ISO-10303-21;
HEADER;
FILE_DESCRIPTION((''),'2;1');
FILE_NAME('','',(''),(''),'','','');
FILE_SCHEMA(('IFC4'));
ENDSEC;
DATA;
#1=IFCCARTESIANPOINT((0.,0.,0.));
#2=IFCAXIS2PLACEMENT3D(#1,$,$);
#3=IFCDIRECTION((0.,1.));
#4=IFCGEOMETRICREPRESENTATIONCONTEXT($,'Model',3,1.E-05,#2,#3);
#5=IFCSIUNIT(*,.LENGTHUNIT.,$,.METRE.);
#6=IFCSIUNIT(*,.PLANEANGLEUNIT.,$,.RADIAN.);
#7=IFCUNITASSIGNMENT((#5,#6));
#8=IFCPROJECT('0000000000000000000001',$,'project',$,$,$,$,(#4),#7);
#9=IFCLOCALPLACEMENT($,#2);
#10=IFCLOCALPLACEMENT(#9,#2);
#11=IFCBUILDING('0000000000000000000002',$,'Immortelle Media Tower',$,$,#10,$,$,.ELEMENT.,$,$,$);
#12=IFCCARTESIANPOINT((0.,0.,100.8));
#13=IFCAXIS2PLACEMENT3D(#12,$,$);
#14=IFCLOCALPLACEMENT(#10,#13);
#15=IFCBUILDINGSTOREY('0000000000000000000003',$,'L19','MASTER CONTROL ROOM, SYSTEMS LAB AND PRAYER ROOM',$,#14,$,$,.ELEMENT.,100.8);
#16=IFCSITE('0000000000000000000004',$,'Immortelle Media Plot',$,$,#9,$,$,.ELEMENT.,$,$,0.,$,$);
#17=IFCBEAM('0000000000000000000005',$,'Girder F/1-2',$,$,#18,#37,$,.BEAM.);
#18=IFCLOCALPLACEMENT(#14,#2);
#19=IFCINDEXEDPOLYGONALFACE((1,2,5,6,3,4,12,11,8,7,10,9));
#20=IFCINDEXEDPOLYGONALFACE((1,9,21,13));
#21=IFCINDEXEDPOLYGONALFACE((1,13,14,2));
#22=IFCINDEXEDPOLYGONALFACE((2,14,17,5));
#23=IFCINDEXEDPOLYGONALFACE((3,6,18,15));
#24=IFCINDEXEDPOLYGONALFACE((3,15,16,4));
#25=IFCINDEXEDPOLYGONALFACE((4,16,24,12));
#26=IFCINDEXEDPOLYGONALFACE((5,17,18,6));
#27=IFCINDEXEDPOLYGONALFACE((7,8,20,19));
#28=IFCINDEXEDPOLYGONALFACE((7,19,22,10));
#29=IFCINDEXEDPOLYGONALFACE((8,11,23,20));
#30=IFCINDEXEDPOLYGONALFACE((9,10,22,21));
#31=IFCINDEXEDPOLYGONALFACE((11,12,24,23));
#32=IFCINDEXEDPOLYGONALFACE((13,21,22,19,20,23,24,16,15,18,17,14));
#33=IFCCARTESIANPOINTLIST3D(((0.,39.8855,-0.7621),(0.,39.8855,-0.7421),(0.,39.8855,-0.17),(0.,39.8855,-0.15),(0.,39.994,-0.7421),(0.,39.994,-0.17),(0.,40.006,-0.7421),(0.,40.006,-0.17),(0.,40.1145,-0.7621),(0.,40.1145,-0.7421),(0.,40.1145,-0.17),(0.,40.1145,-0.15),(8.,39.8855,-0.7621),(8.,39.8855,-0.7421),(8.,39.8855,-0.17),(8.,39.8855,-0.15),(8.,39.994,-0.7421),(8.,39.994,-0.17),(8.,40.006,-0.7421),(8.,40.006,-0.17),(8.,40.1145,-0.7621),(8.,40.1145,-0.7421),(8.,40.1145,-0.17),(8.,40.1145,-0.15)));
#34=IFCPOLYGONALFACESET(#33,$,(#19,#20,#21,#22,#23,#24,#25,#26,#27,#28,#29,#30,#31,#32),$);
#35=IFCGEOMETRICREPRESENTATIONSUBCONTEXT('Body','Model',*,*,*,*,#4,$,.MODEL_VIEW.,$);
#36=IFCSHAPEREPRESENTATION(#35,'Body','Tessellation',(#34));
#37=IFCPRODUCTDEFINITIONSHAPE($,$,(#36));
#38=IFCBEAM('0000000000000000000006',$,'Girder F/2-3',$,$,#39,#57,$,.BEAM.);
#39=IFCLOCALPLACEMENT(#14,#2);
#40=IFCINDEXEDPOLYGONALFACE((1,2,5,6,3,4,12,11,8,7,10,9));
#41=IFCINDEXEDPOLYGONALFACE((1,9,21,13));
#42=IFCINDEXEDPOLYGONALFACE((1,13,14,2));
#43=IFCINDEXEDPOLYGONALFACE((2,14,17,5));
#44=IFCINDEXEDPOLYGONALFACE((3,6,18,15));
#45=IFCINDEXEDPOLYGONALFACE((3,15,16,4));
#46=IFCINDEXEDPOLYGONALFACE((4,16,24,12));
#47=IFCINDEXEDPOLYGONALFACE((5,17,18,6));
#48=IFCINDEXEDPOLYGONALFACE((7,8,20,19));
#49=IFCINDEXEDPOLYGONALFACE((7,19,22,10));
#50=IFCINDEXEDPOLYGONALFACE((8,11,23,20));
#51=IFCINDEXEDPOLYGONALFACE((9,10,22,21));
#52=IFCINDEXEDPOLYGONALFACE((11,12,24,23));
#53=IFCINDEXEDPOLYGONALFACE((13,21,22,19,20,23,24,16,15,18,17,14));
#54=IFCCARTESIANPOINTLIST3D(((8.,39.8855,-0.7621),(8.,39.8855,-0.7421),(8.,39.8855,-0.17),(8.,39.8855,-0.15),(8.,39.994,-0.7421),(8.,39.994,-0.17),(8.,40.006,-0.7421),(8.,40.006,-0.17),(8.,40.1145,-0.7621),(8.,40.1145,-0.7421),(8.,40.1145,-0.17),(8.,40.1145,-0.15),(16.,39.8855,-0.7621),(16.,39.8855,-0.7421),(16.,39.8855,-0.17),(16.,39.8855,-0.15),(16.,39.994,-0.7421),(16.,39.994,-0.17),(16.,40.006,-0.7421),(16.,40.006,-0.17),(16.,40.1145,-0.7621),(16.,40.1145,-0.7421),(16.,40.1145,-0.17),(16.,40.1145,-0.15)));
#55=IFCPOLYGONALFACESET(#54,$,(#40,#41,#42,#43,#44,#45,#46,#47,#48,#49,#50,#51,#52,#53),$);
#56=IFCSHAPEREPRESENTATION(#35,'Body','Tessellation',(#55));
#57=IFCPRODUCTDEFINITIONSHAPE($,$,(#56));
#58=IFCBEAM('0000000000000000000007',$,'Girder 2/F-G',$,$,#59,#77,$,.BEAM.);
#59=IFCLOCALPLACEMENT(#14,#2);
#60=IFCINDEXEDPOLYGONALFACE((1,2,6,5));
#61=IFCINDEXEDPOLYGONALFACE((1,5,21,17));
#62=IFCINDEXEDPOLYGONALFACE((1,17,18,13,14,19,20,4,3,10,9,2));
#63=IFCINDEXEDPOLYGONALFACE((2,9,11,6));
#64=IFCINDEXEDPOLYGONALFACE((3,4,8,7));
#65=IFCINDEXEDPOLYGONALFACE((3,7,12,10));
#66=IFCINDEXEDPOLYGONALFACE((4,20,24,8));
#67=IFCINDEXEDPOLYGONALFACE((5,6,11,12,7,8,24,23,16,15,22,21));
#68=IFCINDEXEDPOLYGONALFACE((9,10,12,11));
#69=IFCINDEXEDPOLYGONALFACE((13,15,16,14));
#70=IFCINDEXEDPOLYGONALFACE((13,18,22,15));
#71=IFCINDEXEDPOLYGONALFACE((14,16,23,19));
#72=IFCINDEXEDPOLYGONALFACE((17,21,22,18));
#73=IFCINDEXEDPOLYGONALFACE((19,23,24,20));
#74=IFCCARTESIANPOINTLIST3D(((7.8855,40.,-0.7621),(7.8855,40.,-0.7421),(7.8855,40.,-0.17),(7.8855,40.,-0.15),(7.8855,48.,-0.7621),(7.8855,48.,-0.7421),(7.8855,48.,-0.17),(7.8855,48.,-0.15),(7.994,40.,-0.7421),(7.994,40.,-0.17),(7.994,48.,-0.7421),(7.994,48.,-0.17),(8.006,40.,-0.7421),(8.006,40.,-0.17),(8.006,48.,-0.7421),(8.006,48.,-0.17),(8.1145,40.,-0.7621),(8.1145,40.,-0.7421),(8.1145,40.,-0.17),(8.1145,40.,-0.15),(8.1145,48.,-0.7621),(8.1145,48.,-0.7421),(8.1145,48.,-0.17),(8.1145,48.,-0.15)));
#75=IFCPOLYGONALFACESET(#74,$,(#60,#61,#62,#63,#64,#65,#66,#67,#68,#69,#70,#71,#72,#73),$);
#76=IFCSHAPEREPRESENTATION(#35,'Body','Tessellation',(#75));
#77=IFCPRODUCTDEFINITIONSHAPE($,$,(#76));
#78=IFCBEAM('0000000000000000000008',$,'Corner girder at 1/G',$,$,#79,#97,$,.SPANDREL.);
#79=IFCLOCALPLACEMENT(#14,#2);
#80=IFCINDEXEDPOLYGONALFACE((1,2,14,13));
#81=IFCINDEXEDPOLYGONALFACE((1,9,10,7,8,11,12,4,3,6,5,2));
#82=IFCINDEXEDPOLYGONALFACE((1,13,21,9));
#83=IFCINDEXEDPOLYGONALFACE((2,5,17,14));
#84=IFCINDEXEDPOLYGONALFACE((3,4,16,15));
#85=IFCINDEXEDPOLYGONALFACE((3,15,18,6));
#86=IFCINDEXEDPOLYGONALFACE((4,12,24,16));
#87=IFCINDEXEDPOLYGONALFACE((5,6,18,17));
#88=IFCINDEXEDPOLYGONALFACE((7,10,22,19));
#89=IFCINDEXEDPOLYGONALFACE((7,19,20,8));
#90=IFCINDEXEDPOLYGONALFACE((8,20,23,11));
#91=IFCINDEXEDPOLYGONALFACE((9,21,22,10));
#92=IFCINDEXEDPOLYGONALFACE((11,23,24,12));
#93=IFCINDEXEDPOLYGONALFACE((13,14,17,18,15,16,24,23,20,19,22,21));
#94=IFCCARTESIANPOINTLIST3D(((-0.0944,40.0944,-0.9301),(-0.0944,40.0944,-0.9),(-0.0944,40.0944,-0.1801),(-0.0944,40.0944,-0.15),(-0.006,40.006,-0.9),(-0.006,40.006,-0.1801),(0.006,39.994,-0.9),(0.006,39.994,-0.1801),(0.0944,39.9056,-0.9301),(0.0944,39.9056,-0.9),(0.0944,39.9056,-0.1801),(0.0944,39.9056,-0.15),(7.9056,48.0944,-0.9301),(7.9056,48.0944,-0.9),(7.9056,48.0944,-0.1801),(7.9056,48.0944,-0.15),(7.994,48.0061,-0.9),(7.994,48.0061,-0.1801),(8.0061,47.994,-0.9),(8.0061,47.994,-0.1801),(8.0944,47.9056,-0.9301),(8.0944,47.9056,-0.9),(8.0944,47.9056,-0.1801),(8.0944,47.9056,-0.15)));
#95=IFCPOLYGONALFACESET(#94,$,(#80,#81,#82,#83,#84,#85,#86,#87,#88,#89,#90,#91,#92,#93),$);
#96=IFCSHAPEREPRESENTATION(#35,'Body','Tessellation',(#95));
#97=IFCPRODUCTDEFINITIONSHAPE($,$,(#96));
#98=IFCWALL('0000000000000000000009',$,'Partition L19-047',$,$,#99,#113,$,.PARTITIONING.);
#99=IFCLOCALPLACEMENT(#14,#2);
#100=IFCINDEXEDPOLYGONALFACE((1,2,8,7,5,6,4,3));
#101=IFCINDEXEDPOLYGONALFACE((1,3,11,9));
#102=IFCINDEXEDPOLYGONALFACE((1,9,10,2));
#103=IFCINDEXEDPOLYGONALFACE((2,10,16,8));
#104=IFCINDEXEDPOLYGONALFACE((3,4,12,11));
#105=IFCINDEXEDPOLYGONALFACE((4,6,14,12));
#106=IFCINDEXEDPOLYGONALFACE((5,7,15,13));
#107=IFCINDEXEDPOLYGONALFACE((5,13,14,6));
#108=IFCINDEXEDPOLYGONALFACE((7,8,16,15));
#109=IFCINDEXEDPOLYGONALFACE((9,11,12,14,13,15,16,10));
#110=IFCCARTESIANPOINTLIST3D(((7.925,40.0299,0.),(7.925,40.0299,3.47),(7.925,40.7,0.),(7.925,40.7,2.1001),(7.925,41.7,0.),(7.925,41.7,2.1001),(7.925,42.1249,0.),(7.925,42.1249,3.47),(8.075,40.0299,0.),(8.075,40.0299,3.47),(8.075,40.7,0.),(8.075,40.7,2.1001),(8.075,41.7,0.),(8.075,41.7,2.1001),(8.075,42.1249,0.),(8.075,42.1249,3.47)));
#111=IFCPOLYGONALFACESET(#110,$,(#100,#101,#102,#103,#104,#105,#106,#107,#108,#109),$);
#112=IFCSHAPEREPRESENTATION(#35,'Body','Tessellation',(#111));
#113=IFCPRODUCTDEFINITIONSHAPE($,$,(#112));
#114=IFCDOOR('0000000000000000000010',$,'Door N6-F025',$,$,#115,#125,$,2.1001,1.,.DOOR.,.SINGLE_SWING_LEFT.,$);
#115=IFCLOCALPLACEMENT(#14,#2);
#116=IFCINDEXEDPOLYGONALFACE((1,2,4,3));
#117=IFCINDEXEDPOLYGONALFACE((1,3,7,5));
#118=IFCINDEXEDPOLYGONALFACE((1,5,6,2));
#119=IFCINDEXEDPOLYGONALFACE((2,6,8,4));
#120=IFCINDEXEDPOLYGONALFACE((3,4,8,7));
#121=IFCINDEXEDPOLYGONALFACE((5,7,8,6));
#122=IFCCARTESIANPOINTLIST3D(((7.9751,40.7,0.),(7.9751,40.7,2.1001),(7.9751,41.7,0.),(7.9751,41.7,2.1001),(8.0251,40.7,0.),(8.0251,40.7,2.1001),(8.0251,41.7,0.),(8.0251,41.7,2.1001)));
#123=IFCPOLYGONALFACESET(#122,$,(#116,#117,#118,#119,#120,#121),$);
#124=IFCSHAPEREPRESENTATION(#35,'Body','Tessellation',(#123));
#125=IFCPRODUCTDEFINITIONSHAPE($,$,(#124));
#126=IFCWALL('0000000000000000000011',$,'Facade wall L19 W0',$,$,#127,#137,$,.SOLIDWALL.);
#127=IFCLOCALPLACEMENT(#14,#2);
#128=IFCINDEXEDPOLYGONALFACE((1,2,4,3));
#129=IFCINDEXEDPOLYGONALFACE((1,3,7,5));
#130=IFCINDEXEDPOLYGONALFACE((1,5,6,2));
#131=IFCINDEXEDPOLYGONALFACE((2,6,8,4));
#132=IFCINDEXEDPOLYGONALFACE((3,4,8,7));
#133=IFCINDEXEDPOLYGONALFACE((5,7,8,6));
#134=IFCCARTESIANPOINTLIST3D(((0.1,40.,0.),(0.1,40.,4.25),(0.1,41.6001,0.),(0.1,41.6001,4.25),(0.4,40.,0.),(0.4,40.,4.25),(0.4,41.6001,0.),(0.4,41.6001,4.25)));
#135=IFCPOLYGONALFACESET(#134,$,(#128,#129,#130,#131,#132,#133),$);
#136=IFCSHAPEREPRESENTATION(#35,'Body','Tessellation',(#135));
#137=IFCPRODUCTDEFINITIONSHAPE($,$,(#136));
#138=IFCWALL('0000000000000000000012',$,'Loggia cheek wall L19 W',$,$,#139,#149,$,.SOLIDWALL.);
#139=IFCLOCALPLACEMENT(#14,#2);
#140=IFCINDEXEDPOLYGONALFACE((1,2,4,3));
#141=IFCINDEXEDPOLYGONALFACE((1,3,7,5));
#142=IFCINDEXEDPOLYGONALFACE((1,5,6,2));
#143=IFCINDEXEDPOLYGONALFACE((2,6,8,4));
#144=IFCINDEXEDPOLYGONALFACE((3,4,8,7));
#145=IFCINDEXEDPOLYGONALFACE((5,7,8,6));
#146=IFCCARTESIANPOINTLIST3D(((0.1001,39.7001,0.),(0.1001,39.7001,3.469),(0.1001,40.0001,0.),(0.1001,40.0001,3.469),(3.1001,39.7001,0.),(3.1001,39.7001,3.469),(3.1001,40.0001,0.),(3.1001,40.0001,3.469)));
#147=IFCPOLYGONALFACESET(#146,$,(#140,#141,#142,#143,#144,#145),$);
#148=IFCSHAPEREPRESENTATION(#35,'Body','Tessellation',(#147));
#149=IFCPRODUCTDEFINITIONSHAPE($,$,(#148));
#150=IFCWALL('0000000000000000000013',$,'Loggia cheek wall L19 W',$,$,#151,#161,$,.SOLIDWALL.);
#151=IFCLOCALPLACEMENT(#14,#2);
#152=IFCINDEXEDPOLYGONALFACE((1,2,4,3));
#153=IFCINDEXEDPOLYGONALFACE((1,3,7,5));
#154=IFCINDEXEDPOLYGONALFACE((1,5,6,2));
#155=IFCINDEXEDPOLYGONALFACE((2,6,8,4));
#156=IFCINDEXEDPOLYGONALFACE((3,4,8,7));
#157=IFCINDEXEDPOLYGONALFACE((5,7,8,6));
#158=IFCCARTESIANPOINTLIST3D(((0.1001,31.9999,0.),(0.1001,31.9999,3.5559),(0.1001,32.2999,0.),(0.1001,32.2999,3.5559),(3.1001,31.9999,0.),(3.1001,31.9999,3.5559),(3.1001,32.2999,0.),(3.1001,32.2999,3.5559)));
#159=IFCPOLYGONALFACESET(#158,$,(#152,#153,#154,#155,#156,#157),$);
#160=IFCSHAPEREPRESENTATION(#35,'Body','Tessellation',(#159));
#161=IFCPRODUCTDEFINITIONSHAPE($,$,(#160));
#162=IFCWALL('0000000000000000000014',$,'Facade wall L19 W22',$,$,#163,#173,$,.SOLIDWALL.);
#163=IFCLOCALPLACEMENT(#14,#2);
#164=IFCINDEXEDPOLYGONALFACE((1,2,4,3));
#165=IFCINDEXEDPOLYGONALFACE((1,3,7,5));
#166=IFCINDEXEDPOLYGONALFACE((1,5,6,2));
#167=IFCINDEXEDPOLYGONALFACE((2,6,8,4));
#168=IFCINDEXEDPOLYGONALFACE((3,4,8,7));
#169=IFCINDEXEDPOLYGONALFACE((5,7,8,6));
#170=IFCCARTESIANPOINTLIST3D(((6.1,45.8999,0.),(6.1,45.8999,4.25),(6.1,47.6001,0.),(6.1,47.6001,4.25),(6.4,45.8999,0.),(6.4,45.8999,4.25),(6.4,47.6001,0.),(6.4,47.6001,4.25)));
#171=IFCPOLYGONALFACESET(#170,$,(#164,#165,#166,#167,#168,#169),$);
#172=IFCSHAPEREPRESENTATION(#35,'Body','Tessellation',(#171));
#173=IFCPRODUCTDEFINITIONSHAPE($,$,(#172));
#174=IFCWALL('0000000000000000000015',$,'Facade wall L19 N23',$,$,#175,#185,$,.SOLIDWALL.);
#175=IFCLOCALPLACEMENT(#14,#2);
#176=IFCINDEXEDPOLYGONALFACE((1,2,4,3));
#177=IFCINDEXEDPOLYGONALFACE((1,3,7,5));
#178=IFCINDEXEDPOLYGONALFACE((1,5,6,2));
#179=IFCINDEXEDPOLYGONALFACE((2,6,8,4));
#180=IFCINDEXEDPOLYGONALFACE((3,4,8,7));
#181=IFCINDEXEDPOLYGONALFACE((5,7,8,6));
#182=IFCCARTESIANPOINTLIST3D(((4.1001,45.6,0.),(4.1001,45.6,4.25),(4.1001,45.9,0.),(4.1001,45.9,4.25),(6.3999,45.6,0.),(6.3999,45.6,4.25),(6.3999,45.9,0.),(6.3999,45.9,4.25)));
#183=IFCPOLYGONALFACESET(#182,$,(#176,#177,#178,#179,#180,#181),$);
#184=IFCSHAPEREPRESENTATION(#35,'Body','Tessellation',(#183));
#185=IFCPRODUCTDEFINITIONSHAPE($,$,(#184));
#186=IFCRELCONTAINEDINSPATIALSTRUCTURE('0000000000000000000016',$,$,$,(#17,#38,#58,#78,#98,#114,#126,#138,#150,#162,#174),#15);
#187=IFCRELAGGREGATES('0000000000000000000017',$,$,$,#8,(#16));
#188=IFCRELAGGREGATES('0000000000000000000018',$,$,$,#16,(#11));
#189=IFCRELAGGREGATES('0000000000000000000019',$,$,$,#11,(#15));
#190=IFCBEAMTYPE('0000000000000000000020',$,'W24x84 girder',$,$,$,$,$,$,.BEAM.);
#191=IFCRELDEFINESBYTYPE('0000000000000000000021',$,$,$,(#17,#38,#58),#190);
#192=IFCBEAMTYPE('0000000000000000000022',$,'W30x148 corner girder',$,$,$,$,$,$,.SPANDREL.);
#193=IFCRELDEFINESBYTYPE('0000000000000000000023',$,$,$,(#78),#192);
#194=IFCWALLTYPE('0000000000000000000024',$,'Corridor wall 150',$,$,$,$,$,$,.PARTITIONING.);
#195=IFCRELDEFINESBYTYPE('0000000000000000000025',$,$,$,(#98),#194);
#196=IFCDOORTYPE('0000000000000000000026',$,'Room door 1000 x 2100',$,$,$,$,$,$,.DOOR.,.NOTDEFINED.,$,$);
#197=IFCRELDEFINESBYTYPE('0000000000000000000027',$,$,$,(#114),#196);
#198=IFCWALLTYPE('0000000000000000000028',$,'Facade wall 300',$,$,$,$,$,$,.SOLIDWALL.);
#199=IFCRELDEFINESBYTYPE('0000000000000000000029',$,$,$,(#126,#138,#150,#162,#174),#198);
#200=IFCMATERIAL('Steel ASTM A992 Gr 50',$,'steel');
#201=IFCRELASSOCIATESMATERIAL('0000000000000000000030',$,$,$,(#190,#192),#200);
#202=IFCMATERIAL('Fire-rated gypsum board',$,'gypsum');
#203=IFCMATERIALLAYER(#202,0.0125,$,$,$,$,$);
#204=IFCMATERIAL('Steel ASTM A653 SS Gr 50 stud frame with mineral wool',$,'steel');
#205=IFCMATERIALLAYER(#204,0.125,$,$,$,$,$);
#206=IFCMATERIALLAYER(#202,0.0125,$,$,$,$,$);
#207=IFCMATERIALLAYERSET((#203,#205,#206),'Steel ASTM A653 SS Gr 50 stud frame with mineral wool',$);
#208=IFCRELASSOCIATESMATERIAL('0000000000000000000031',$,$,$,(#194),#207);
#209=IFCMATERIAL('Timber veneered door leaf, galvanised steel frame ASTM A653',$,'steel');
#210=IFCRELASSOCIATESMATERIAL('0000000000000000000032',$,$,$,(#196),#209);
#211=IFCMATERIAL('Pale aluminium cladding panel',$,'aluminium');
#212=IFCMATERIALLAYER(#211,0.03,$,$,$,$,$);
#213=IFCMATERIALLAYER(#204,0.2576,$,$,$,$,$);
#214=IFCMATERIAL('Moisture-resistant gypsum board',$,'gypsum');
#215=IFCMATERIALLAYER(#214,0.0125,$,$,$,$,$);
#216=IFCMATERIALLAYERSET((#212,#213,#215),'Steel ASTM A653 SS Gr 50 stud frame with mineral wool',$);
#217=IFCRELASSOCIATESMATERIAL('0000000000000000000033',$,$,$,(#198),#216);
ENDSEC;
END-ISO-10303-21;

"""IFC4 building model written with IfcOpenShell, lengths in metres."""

from ifc_helpers import new_model, si_unit, direction, frame, frame_2d, origin, origin_2d, place, context, subcontext, project, spatial, rectangle, i_section, extrude, material, layer, layer_set, material_profile, profile_set, type_object, element, fill, save


model = new_model("IFC4")

# Units and contexts
model_context = context("Model", 3, precision=1e-05, world=origin(), true_north=direction((0.0, 1.0)))
body_context = subcontext(model_context, "Body", "Model", "MODEL_VIEW")
ifc_project = project(units=[si_unit("LENGTHUNIT", "METRE"), si_unit("PLANEANGLEUNIT", "RADIAN")], contexts=[model_context])

# Site, building, storey
site_placement = place(None, origin())
site = spatial("IfcSite", under=ifc_project, at=site_placement, Name="Immortelle Media Plot", CompositionType="ELEMENT", RefElevation=0.0)
building_placement = place(site_placement, origin())
building = spatial("IfcBuilding", under=site, at=building_placement, Name="Immortelle Media Tower", CompositionType="ELEMENT")
storey_placement = place(building_placement, frame((0.0, 0.0, 100.8)))
storey = spatial("IfcBuildingStorey", under=building, at=storey_placement, Name="L19", Description="MASTER CONTROL ROOM, SYSTEMS LAB AND PRAYER ROOM", CompositionType="ELEMENT", Elevation=100.8)

# Shared definitions
ifc_material_1 = material(Name="Steel ASTM A992 Gr 50", Category="steel")

# Beams
ifc_material_profile_1 = material_profile(ifc_material_1, i_section(OverallWidth=0.229, OverallDepth=0.6121, WebThickness=0.012, FlangeThickness=0.02, at=origin_2d()), Name="W24x84")
ifc_profile_set_1 = profile_set([ifc_material_profile_1], Name="Steel ASTM A992 Gr 50")
beam_type_1 = type_object("IfcBeamType", Name="W24x84 girder", PredefinedType="BEAM", material=ifc_profile_set_1)
for number, where, z_axis, x_axis, name in (
    (1, (0.0, 40.0, -0.4561), (1.0, 0.0, 0.0), (0.0, 1.0, 0.0), "Girder F/1-2"),
    (2, (8.0, 40.0, -0.4561), (1.0, 0.0, 0.0), (0.0, 1.0, 0.0), "Girder F/2-3"),
    (3, (8.0, 40.0, -0.4561), (0.0, 1.0, 0.0), (-1.0, 0.0, 0.0), "Girder 2/F-G"),
):
    element("IfcBeam", number, at=place(storey_placement, frame(where, z_axis=z_axis, x_axis=x_axis)), inside=storey, type_object=beam_type_1, Name=name, PredefinedType="BEAM", context=body_context, shape_type="SweptSolid", body=[
        extrude(i_section(OverallWidth=0.229, OverallDepth=0.6121, WebThickness=0.012, FlangeThickness=0.02, at=origin_2d()), origin(), (0.0, 0.0, 1.0), 8.0),
    ])
ifc_material_profile_2 = material_profile(ifc_material_1, i_section(OverallWidth=0.2671, OverallDepth=0.78, WebThickness=0.0171, FlangeThickness=0.03, at=origin_2d()), Name="W30x148")
ifc_profile_set_2 = profile_set([ifc_material_profile_2], Name="Steel ASTM A992 Gr 50")
beam_type_2 = type_object("IfcBeamType", Name="W30x148 corner girder", PredefinedType="SPANDREL", material=ifc_profile_set_2)
beam_1_placement = place(storey_placement, frame((0.0, 40.0, -0.54), z_axis=(0.707107, 0.707107, 0.0), x_axis=(-0.707107, 0.707107, 0.0)))
element("IfcBeam", 4, at=beam_1_placement, inside=storey, type_object=beam_type_2, Name="Corner girder at 1/G", PredefinedType="SPANDREL", context=body_context, shape_type="SweptSolid", body=[
    extrude(i_section(OverallWidth=0.2671, OverallDepth=0.78, WebThickness=0.0171, FlangeThickness=0.03, at=origin_2d()), origin(), (0.0, 0.0, 1.0), 11.3137),
])

# Wall, opening, door
ifc_material_2 = material(Name="Fire-rated gypsum board", Category="gypsum")
ifc_layer_1 = layer(ifc_material_2, 0.0125)
ifc_material_3 = material(Name="Steel ASTM A653 SS Gr 50 stud frame with mineral wool", Category="steel")
ifc_layer_2 = layer(ifc_material_3, 0.125)
ifc_layer_3 = layer(ifc_material_2, 0.0125)
ifc_layer_set_1 = layer_set([ifc_layer_1, ifc_layer_2, ifc_layer_3], Name="Steel ASTM A653 SS Gr 50 stud frame with mineral wool")
wall_type_1 = type_object("IfcWallType", Name="Corridor wall 150", PredefinedType="PARTITIONING", material=ifc_layer_set_1)
wall_1_placement = place(storey_placement, frame((8.0, 40.03, 0.0), z_axis=(0.0, 0.0, 1.0), x_axis=(0.0, 1.0, 0.0)))
wall_1 = element("IfcWall", 5, at=wall_1_placement, inside=storey, type_object=wall_type_1, Name="Partition L19-047", PredefinedType="PARTITIONING", context=body_context, shape_type="SweptSolid", body=[
    extrude(rectangle(XDim=2.095, YDim=0.1499, at=frame_2d((1.0474, 0.0))), origin(), (0.0, 0.0, 1.0), 3.47),
])
opening_1_placement = place(wall_1_placement, frame((0.6699, 0.0, 0.0)))
opening_1 = element("IfcOpeningElement", 6, at=opening_1_placement, cuts=wall_1, PredefinedType="OPENING", context=body_context, shape_type="SweptSolid", body=[
    extrude(rectangle(XDim=1.0, YDim=2.1001, at=frame_2d((0.5, 1.05))), frame((0.0, 0.085, 0.0), z_axis=(0.0, -1.0, 0.0), x_axis=(1.0, 0.0, 0.0)), (0.0, 0.0, 1.0), 0.1699),
])
ifc_material_4 = material(Name="Timber veneered door leaf, galvanised steel frame ASTM A653", Category="steel")
door_type_1 = type_object("IfcDoorType", Name="Room door 1000 x 2100", OperationType="NOTDEFINED", PredefinedType="DOOR", material=ifc_material_4)
door_1_placement = place(opening_1_placement, origin())
door_1 = element("IfcDoor", 7, at=door_1_placement, inside=storey, type_object=door_type_1, Name="Door N6-F025", OperationType="SINGLE_SWING_LEFT", OverallHeight=2.1001, OverallWidth=1.0, PredefinedType="DOOR", context=body_context, shape_type="SweptSolid", body=[
    extrude(rectangle(XDim=1.0, YDim=2.1001, at=frame_2d((0.5, 1.05))), frame((0.0, 0.0249, 0.0), z_axis=(0.0, -1.0, 0.0), x_axis=(1.0, 0.0, 0.0)), (0.0, 0.0, 1.0), 0.05),
])
fill(opening_1, door_1)

# Wall
ifc_material_5 = material(Name="Pale aluminium cladding panel", Category="aluminium")
ifc_layer_4 = layer(ifc_material_5, 0.03)
ifc_layer_5 = layer(ifc_material_3, 0.2576)
ifc_material_6 = material(Name="Moisture-resistant gypsum board", Category="gypsum")
ifc_layer_6 = layer(ifc_material_6, 0.0125)
ifc_layer_set_2 = layer_set([ifc_layer_4, ifc_layer_5, ifc_layer_6], Name="Steel ASTM A653 SS Gr 50 stud frame with mineral wool")
wall_type_2 = type_object("IfcWallType", Name="Facade wall 300", PredefinedType="SOLIDWALL", material=ifc_layer_set_2)
wall_2_placement = place(storey_placement, frame((0.25, 41.6001, 0.0), z_axis=(0.0, 0.0, 1.0), x_axis=(0.0, -1.0, 0.0)))
element("IfcWall", 8, at=wall_2_placement, inside=storey, type_object=wall_type_2, Name="Facade wall L19 W0", PredefinedType="SOLIDWALL", context=body_context, shape_type="SweptSolid", body=[
    extrude(rectangle(XDim=1.6001, YDim=0.3, at=frame_2d((0.8, 0.0))), origin(), (0.0, 0.0, 1.0), 4.25),
])

# Walls
wall_3_placement = place(storey_placement, frame((0.1001, 39.8501, 0.0), z_axis=(0.0, 0.0, 1.0), x_axis=(1.0, 0.0, 0.0)))
element("IfcWall", 9, at=wall_3_placement, inside=storey, type_object=wall_type_2, Name="Loggia cheek wall L19 W", PredefinedType="SOLIDWALL", context=body_context, shape_type="SweptSolid", body=[
    extrude(rectangle(XDim=3.0, YDim=0.3, at=frame_2d((1.5, 0.0))), origin(), (0.0, 0.0, 1.0), 3.469),
])
wall_4_placement = place(storey_placement, frame((0.1001, 32.1499, 0.0), z_axis=(0.0, 0.0, 1.0), x_axis=(1.0, 0.0, 0.0)))
element("IfcWall", 10, at=wall_4_placement, inside=storey, type_object=wall_type_2, Name="Loggia cheek wall L19 W", PredefinedType="SOLIDWALL", context=body_context, shape_type="SweptSolid", body=[
    extrude(rectangle(XDim=3.0, YDim=0.3, at=frame_2d((1.5, 0.0))), origin(), (0.0, 0.0, 1.0), 3.5559),
])
wall_5_placement = place(storey_placement, frame((6.25, 47.6001, 0.0), z_axis=(0.0, 0.0, 1.0), x_axis=(0.0, -1.0, 0.0)))
element("IfcWall", 11, at=wall_5_placement, inside=storey, type_object=wall_type_2, Name="Facade wall L19 W22", PredefinedType="SOLIDWALL", context=body_context, shape_type="SweptSolid", body=[
    extrude(rectangle(XDim=1.7002, YDim=0.3, at=frame_2d((0.8501, 0.0))), origin(), (0.0, 0.0, 1.0), 4.25),
])
wall_6_placement = place(storey_placement, frame((6.3999, 45.75, 0.0), z_axis=(0.0, 0.0, 1.0), x_axis=(-1.0, 0.0, 0.0)))
element("IfcWall", 12, at=wall_6_placement, inside=storey, type_object=wall_type_2, Name="Facade wall L19 N23", PredefinedType="SOLIDWALL", context=body_context, shape_type="SweptSolid", body=[
    extrude(rectangle(XDim=2.2998, YDim=0.3, at=frame_2d((1.1499, 0.0))), origin(), (0.0, 0.0, 1.0), 4.25),
])

save(model, "model.ifc")
